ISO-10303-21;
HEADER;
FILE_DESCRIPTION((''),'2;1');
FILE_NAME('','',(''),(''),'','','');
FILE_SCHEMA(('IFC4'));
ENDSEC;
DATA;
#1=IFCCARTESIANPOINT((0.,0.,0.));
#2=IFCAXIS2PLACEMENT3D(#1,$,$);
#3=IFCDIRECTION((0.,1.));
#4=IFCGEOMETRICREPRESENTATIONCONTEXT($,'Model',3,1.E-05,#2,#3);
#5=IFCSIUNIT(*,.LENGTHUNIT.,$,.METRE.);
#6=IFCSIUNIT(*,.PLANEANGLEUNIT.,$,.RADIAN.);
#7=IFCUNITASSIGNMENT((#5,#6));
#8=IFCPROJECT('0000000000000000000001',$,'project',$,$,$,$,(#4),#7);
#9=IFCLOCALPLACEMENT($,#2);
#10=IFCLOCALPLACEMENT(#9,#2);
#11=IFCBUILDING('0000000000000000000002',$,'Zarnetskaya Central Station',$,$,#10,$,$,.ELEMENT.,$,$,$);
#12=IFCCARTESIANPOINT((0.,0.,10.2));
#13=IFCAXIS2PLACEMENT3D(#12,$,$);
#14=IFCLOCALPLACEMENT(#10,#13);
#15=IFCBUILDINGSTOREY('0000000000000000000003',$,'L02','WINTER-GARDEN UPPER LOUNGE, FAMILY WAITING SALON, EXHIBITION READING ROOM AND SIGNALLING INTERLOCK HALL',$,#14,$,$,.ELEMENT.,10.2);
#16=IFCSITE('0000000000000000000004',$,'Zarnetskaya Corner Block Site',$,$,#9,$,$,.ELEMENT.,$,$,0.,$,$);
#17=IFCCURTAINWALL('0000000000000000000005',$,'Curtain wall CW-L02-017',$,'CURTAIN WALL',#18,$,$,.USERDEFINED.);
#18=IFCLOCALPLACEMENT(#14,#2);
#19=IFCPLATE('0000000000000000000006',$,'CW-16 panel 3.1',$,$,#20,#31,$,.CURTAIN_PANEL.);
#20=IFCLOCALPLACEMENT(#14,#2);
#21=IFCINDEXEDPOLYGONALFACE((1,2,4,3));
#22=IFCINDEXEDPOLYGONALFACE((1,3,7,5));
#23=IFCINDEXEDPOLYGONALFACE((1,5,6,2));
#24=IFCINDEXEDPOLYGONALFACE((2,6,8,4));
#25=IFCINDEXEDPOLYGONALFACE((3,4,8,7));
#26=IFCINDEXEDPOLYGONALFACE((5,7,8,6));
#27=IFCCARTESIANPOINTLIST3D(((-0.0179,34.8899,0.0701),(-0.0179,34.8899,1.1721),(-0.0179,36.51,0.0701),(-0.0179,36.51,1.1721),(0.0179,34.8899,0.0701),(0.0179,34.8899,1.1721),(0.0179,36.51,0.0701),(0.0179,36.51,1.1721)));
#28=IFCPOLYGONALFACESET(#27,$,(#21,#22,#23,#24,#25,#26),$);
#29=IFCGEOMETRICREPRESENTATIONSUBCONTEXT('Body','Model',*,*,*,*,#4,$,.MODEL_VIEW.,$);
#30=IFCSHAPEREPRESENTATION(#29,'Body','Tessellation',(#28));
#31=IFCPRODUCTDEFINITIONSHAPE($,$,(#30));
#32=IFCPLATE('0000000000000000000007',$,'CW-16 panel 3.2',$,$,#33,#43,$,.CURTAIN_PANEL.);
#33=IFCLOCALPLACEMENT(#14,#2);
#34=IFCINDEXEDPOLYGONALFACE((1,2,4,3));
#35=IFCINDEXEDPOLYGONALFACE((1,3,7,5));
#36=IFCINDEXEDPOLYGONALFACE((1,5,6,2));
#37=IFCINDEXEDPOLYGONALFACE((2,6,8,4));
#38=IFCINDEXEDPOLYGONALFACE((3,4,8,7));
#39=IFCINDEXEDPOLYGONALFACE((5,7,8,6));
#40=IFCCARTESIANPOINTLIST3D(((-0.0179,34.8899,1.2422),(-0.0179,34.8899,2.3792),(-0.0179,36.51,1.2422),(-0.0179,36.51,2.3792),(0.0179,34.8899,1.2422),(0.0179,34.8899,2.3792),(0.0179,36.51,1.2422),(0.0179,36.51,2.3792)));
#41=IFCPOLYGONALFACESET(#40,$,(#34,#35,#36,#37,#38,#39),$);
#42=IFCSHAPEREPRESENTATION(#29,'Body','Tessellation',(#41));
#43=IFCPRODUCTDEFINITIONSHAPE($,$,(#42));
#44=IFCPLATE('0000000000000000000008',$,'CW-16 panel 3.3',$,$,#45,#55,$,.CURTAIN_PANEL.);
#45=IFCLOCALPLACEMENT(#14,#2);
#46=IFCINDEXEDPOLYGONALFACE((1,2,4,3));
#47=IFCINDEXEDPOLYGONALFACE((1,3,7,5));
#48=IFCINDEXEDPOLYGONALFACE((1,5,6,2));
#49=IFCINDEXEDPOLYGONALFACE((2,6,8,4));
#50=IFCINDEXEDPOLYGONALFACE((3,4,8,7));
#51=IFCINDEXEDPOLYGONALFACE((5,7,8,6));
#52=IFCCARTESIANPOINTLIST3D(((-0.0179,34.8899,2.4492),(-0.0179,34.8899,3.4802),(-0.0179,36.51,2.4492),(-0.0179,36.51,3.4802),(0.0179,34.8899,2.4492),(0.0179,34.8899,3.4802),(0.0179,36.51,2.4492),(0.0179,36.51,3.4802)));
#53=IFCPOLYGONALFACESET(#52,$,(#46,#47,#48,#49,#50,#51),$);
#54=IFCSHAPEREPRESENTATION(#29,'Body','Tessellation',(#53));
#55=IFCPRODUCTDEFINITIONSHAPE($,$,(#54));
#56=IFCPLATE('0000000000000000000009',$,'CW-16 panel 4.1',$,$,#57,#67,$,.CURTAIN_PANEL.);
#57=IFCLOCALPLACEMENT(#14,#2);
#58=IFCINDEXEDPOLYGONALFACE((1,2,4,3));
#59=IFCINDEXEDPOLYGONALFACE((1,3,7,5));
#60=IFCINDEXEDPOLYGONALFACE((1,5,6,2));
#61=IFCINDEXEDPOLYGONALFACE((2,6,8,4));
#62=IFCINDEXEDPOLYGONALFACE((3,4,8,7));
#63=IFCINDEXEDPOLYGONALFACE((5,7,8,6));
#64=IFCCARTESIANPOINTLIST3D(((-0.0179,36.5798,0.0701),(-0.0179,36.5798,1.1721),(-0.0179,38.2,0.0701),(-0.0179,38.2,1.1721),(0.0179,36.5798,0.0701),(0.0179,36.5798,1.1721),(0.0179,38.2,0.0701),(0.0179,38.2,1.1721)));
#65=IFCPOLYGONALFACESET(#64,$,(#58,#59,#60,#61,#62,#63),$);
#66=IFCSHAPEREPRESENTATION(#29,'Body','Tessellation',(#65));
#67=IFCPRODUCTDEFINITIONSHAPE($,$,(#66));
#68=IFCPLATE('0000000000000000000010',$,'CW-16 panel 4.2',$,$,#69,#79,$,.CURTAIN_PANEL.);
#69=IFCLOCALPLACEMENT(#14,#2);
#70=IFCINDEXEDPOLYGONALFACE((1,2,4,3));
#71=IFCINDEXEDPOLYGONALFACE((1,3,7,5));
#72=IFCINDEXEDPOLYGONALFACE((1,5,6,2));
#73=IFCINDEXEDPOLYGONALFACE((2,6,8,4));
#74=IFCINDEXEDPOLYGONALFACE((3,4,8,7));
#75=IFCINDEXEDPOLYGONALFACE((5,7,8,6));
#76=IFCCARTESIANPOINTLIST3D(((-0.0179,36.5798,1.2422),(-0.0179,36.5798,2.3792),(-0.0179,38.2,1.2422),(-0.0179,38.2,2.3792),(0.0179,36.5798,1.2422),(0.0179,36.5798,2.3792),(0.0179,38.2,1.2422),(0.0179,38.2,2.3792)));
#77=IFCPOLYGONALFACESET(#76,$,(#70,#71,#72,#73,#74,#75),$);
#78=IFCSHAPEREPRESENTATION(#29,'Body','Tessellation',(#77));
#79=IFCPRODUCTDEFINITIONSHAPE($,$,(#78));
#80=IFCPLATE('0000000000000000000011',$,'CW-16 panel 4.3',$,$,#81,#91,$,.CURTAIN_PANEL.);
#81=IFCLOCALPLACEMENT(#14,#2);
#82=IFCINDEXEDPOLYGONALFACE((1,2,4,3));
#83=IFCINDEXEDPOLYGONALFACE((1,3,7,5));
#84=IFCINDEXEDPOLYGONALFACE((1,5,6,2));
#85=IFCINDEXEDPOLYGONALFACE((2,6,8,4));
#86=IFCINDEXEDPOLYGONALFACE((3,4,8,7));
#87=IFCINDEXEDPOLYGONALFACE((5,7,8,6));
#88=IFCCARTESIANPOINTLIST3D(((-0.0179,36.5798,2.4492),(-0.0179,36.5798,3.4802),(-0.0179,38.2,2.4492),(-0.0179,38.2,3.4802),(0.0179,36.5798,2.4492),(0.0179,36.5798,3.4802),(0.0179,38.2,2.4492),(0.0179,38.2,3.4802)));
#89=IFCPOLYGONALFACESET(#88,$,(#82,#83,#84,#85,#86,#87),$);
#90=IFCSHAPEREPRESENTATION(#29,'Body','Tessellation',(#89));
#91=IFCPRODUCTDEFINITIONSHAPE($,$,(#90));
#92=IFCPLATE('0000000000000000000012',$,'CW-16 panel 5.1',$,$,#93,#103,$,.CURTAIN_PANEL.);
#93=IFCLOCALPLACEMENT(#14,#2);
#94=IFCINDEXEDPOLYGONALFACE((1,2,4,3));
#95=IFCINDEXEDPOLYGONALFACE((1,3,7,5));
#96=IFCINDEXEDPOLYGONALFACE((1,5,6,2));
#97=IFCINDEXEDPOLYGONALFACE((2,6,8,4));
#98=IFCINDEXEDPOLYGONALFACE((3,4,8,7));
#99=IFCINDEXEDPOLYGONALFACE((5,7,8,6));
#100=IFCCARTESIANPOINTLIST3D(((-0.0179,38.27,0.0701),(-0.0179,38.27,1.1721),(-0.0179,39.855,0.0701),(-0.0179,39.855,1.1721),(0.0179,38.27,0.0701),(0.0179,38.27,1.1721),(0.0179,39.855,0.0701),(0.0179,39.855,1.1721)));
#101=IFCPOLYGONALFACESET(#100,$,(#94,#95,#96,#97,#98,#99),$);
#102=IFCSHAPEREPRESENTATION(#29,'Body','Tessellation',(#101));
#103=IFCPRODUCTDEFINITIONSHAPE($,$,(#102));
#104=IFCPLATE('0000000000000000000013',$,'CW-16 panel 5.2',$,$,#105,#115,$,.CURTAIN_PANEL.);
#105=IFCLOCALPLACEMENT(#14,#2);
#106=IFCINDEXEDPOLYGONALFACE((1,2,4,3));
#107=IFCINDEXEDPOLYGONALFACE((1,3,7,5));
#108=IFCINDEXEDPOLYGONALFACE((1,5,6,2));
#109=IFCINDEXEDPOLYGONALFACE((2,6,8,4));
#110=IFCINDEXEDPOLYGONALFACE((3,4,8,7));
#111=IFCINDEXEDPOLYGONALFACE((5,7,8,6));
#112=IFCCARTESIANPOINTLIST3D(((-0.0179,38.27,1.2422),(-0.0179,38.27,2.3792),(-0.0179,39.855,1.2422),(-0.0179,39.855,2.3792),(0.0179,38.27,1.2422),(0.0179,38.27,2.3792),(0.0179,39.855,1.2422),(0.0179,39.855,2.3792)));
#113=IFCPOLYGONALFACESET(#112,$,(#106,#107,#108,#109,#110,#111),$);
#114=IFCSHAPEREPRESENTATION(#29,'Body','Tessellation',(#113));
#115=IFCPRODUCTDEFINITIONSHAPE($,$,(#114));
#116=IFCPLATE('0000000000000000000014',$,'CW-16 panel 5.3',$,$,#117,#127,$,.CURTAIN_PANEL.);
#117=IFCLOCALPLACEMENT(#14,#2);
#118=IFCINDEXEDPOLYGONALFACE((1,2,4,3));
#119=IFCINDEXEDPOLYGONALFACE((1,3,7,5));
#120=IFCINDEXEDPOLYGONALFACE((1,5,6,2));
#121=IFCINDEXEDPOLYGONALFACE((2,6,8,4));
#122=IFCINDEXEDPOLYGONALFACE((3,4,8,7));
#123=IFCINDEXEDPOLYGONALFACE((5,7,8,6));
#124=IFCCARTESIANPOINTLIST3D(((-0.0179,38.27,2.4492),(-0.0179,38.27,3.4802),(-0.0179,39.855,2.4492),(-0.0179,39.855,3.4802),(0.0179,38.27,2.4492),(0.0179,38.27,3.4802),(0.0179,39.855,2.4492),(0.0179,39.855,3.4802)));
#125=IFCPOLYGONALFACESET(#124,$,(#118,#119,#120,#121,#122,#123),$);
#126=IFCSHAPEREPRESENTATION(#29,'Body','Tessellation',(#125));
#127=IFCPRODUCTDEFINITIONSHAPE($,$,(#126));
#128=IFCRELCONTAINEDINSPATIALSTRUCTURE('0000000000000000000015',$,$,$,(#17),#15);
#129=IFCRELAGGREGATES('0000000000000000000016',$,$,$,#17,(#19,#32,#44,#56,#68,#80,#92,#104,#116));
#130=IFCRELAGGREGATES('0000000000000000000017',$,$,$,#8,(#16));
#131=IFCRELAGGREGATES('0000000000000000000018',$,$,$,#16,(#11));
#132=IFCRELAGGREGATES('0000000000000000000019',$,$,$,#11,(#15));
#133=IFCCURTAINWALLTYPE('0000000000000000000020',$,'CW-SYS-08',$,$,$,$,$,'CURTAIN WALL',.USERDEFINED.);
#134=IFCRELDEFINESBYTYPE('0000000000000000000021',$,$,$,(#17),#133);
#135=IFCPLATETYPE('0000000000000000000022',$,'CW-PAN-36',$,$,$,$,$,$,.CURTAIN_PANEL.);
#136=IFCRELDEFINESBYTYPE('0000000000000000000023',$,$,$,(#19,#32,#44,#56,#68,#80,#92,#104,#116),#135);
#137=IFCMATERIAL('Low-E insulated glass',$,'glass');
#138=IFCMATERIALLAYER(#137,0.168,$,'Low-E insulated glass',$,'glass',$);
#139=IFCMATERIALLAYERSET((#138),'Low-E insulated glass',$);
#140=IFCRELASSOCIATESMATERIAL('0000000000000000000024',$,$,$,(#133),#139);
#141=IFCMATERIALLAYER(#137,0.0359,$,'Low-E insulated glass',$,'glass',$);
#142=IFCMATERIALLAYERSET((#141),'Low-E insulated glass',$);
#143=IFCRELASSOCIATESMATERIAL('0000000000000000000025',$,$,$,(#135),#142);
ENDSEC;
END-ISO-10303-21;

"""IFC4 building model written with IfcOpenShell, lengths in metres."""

from ifc_helpers import new_model, si_unit, direction, frame, origin, origin_2d, place, context, subcontext, project, spatial, rectangle, extrude, material, layer, layer_set, type_object, element, aggregate, save


model = new_model("IFC4")

# Units and contexts
model_context = context("Model", 3, precision=1e-05, world=origin(), true_north=direction((0.0, 1.0)))
body_context = subcontext(model_context, "Body", "Model", "MODEL_VIEW")
ifc_project = project(units=[si_unit("LENGTHUNIT", "METRE"), si_unit("PLANEANGLEUNIT", "RADIAN")], contexts=[model_context])

# Site, building, storey
site_placement = place(None, origin())
site = spatial("IfcSite", under=ifc_project, at=site_placement, Name="Zarnetskaya Corner Block Site", CompositionType="ELEMENT", RefElevation=0.0)
building_placement = place(site_placement, origin())
building = spatial("IfcBuilding", under=site, at=building_placement, Name="Zarnetskaya Central Station", CompositionType="ELEMENT")
storey_placement = place(building_placement, frame((0.0, 0.0, 10.2)))
storey = spatial("IfcBuildingStorey", under=building, at=storey_placement, Name="L02", Description="WINTER-GARDEN UPPER LOUNGE, FAMILY WAITING SALON, EXHIBITION READING ROOM AND SIGNALLING INTERLOCK HALL", CompositionType="ELEMENT", Elevation=10.2)

# Curtain wall, plates
ifc_material_1 = material(Name="Low-E insulated glass", Category="glass")
ifc_layer_1 = layer(ifc_material_1, 0.168, Name="Low-E insulated glass", Category="glass")
ifc_layer_set_1 = layer_set([ifc_layer_1], Name="Low-E insulated glass")
curtain_wall_type = type_object("IfcCurtainWallType", Name="CW-SYS-08", ElementType="CURTAIN WALL", PredefinedType="USERDEFINED", material=ifc_layer_set_1)
curtain_wall_placement = place(storey_placement, origin())
curtain_wall = element("IfcCurtainWall", 1, at=curtain_wall_placement, inside=storey, type_object=curtain_wall_type, Name="Curtain wall CW-L02-017", ObjectType="CURTAIN WALL", PredefinedType="USERDEFINED")
ifc_layer_2 = layer(ifc_material_1, 0.0359, Name="Low-E insulated glass", Category="glass")
ifc_layer_set_2 = layer_set([ifc_layer_2], Name="Low-E insulated glass")
plate_type = type_object("IfcPlateType", Name="CW-PAN-36", PredefinedType="CURTAIN_PANEL", material=ifc_layer_set_2)
plate_1_placement = place(storey_placement, frame((0.0, 35.7, 0.0701), z_axis=(0.0, 0.0, 1.0), x_axis=(0.0, 1.0, 0.0)))
plate_1 = element("IfcPlate", 2, at=plate_1_placement, type_object=plate_type, Name="CW-16 panel 3.1", PredefinedType="CURTAIN_PANEL", context=body_context, shape_type="SweptSolid", body=[
    extrude(rectangle(XDim=1.6201, YDim=0.0359, at=origin_2d()), origin(), (0.0, 0.0, 1.0), 1.1021),
])
plate_2_placement = place(storey_placement, frame((0.0, 35.7, 1.2422), z_axis=(0.0, 0.0, 1.0), x_axis=(0.0, 1.0, 0.0)))
plate_2 = element("IfcPlate", 3, at=plate_2_placement, type_object=plate_type, Name="CW-16 panel 3.2", PredefinedType="CURTAIN_PANEL", context=body_context, shape_type="SweptSolid", body=[
    extrude(rectangle(XDim=1.6201, YDim=0.0359, at=origin_2d()), origin(), (0.0, 0.0, 1.0), 1.137),
])
plate_3_placement = place(storey_placement, frame((0.0, 35.7, 2.4492), z_axis=(0.0, 0.0, 1.0), x_axis=(0.0, 1.0, 0.0)))
plate_3 = element("IfcPlate", 4, at=plate_3_placement, type_object=plate_type, Name="CW-16 panel 3.3", PredefinedType="CURTAIN_PANEL", context=body_context, shape_type="SweptSolid", body=[
    extrude(rectangle(XDim=1.6201, YDim=0.0359, at=origin_2d()), origin(), (0.0, 0.0, 1.0), 1.031),
])
plate_4_placement = place(storey_placement, frame((0.0, 37.3899, 0.0701), z_axis=(0.0, 0.0, 1.0), x_axis=(0.0, 1.0, 0.0)))
plate_4 = element("IfcPlate", 5, at=plate_4_placement, type_object=plate_type, Name="CW-16 panel 4.1", PredefinedType="CURTAIN_PANEL", context=body_context, shape_type="SweptSolid", body=[
    extrude(rectangle(XDim=1.6201, YDim=0.0359, at=origin_2d()), origin(), (0.0, 0.0, 1.0), 1.1021),
])
plate_5_placement = place(storey_placement, frame((0.0, 37.3899, 1.2422), z_axis=(0.0, 0.0, 1.0), x_axis=(0.0, 1.0, 0.0)))
plate_5 = element("IfcPlate", 6, at=plate_5_placement, type_object=plate_type, Name="CW-16 panel 4.2", PredefinedType="CURTAIN_PANEL", context=body_context, shape_type="SweptSolid", body=[
    extrude(rectangle(XDim=1.6201, YDim=0.0359, at=origin_2d()), origin(), (0.0, 0.0, 1.0), 1.137),
])
plate_6_placement = place(storey_placement, frame((0.0, 37.3899, 2.4492), z_axis=(0.0, 0.0, 1.0), x_axis=(0.0, 1.0, 0.0)))
plate_6 = element("IfcPlate", 7, at=plate_6_placement, type_object=plate_type, Name="CW-16 panel 4.3", PredefinedType="CURTAIN_PANEL", context=body_context, shape_type="SweptSolid", body=[
    extrude(rectangle(XDim=1.6201, YDim=0.0359, at=origin_2d()), origin(), (0.0, 0.0, 1.0), 1.031),
])
plate_7_placement = place(storey_placement, frame((0.0, 39.0625, 0.0701), z_axis=(0.0, 0.0, 1.0), x_axis=(0.0, 1.0, 0.0)))
plate_7 = element("IfcPlate", 8, at=plate_7_placement, type_object=plate_type, Name="CW-16 panel 5.1", PredefinedType="CURTAIN_PANEL", context=body_context, shape_type="SweptSolid", body=[
    extrude(rectangle(XDim=1.585, YDim=0.0359, at=origin_2d()), origin(), (0.0, 0.0, 1.0), 1.1021),
])
plate_8_placement = place(storey_placement, frame((0.0, 39.0625, 1.2422), z_axis=(0.0, 0.0, 1.0), x_axis=(0.0, 1.0, 0.0)))
plate_8 = element("IfcPlate", 9, at=plate_8_placement, type_object=plate_type, Name="CW-16 panel 5.2", PredefinedType="CURTAIN_PANEL", context=body_context, shape_type="SweptSolid", body=[
    extrude(rectangle(XDim=1.585, YDim=0.0359, at=origin_2d()), origin(), (0.0, 0.0, 1.0), 1.137),
])
plate_9_placement = place(storey_placement, frame((0.0, 39.0625, 2.4492), z_axis=(0.0, 0.0, 1.0), x_axis=(0.0, 1.0, 0.0)))
plate_9 = element("IfcPlate", 10, at=plate_9_placement, type_object=plate_type, Name="CW-16 panel 5.3", PredefinedType="CURTAIN_PANEL", context=body_context, shape_type="SweptSolid", body=[
    extrude(rectangle(XDim=1.585, YDim=0.0359, at=origin_2d()), origin(), (0.0, 0.0, 1.0), 1.031),
])
aggregate(curtain_wall, [plate_1, plate_2, plate_3, plate_4, plate_5, plate_6, plate_7, plate_8, plate_9])

save(model, "model.ifc")
